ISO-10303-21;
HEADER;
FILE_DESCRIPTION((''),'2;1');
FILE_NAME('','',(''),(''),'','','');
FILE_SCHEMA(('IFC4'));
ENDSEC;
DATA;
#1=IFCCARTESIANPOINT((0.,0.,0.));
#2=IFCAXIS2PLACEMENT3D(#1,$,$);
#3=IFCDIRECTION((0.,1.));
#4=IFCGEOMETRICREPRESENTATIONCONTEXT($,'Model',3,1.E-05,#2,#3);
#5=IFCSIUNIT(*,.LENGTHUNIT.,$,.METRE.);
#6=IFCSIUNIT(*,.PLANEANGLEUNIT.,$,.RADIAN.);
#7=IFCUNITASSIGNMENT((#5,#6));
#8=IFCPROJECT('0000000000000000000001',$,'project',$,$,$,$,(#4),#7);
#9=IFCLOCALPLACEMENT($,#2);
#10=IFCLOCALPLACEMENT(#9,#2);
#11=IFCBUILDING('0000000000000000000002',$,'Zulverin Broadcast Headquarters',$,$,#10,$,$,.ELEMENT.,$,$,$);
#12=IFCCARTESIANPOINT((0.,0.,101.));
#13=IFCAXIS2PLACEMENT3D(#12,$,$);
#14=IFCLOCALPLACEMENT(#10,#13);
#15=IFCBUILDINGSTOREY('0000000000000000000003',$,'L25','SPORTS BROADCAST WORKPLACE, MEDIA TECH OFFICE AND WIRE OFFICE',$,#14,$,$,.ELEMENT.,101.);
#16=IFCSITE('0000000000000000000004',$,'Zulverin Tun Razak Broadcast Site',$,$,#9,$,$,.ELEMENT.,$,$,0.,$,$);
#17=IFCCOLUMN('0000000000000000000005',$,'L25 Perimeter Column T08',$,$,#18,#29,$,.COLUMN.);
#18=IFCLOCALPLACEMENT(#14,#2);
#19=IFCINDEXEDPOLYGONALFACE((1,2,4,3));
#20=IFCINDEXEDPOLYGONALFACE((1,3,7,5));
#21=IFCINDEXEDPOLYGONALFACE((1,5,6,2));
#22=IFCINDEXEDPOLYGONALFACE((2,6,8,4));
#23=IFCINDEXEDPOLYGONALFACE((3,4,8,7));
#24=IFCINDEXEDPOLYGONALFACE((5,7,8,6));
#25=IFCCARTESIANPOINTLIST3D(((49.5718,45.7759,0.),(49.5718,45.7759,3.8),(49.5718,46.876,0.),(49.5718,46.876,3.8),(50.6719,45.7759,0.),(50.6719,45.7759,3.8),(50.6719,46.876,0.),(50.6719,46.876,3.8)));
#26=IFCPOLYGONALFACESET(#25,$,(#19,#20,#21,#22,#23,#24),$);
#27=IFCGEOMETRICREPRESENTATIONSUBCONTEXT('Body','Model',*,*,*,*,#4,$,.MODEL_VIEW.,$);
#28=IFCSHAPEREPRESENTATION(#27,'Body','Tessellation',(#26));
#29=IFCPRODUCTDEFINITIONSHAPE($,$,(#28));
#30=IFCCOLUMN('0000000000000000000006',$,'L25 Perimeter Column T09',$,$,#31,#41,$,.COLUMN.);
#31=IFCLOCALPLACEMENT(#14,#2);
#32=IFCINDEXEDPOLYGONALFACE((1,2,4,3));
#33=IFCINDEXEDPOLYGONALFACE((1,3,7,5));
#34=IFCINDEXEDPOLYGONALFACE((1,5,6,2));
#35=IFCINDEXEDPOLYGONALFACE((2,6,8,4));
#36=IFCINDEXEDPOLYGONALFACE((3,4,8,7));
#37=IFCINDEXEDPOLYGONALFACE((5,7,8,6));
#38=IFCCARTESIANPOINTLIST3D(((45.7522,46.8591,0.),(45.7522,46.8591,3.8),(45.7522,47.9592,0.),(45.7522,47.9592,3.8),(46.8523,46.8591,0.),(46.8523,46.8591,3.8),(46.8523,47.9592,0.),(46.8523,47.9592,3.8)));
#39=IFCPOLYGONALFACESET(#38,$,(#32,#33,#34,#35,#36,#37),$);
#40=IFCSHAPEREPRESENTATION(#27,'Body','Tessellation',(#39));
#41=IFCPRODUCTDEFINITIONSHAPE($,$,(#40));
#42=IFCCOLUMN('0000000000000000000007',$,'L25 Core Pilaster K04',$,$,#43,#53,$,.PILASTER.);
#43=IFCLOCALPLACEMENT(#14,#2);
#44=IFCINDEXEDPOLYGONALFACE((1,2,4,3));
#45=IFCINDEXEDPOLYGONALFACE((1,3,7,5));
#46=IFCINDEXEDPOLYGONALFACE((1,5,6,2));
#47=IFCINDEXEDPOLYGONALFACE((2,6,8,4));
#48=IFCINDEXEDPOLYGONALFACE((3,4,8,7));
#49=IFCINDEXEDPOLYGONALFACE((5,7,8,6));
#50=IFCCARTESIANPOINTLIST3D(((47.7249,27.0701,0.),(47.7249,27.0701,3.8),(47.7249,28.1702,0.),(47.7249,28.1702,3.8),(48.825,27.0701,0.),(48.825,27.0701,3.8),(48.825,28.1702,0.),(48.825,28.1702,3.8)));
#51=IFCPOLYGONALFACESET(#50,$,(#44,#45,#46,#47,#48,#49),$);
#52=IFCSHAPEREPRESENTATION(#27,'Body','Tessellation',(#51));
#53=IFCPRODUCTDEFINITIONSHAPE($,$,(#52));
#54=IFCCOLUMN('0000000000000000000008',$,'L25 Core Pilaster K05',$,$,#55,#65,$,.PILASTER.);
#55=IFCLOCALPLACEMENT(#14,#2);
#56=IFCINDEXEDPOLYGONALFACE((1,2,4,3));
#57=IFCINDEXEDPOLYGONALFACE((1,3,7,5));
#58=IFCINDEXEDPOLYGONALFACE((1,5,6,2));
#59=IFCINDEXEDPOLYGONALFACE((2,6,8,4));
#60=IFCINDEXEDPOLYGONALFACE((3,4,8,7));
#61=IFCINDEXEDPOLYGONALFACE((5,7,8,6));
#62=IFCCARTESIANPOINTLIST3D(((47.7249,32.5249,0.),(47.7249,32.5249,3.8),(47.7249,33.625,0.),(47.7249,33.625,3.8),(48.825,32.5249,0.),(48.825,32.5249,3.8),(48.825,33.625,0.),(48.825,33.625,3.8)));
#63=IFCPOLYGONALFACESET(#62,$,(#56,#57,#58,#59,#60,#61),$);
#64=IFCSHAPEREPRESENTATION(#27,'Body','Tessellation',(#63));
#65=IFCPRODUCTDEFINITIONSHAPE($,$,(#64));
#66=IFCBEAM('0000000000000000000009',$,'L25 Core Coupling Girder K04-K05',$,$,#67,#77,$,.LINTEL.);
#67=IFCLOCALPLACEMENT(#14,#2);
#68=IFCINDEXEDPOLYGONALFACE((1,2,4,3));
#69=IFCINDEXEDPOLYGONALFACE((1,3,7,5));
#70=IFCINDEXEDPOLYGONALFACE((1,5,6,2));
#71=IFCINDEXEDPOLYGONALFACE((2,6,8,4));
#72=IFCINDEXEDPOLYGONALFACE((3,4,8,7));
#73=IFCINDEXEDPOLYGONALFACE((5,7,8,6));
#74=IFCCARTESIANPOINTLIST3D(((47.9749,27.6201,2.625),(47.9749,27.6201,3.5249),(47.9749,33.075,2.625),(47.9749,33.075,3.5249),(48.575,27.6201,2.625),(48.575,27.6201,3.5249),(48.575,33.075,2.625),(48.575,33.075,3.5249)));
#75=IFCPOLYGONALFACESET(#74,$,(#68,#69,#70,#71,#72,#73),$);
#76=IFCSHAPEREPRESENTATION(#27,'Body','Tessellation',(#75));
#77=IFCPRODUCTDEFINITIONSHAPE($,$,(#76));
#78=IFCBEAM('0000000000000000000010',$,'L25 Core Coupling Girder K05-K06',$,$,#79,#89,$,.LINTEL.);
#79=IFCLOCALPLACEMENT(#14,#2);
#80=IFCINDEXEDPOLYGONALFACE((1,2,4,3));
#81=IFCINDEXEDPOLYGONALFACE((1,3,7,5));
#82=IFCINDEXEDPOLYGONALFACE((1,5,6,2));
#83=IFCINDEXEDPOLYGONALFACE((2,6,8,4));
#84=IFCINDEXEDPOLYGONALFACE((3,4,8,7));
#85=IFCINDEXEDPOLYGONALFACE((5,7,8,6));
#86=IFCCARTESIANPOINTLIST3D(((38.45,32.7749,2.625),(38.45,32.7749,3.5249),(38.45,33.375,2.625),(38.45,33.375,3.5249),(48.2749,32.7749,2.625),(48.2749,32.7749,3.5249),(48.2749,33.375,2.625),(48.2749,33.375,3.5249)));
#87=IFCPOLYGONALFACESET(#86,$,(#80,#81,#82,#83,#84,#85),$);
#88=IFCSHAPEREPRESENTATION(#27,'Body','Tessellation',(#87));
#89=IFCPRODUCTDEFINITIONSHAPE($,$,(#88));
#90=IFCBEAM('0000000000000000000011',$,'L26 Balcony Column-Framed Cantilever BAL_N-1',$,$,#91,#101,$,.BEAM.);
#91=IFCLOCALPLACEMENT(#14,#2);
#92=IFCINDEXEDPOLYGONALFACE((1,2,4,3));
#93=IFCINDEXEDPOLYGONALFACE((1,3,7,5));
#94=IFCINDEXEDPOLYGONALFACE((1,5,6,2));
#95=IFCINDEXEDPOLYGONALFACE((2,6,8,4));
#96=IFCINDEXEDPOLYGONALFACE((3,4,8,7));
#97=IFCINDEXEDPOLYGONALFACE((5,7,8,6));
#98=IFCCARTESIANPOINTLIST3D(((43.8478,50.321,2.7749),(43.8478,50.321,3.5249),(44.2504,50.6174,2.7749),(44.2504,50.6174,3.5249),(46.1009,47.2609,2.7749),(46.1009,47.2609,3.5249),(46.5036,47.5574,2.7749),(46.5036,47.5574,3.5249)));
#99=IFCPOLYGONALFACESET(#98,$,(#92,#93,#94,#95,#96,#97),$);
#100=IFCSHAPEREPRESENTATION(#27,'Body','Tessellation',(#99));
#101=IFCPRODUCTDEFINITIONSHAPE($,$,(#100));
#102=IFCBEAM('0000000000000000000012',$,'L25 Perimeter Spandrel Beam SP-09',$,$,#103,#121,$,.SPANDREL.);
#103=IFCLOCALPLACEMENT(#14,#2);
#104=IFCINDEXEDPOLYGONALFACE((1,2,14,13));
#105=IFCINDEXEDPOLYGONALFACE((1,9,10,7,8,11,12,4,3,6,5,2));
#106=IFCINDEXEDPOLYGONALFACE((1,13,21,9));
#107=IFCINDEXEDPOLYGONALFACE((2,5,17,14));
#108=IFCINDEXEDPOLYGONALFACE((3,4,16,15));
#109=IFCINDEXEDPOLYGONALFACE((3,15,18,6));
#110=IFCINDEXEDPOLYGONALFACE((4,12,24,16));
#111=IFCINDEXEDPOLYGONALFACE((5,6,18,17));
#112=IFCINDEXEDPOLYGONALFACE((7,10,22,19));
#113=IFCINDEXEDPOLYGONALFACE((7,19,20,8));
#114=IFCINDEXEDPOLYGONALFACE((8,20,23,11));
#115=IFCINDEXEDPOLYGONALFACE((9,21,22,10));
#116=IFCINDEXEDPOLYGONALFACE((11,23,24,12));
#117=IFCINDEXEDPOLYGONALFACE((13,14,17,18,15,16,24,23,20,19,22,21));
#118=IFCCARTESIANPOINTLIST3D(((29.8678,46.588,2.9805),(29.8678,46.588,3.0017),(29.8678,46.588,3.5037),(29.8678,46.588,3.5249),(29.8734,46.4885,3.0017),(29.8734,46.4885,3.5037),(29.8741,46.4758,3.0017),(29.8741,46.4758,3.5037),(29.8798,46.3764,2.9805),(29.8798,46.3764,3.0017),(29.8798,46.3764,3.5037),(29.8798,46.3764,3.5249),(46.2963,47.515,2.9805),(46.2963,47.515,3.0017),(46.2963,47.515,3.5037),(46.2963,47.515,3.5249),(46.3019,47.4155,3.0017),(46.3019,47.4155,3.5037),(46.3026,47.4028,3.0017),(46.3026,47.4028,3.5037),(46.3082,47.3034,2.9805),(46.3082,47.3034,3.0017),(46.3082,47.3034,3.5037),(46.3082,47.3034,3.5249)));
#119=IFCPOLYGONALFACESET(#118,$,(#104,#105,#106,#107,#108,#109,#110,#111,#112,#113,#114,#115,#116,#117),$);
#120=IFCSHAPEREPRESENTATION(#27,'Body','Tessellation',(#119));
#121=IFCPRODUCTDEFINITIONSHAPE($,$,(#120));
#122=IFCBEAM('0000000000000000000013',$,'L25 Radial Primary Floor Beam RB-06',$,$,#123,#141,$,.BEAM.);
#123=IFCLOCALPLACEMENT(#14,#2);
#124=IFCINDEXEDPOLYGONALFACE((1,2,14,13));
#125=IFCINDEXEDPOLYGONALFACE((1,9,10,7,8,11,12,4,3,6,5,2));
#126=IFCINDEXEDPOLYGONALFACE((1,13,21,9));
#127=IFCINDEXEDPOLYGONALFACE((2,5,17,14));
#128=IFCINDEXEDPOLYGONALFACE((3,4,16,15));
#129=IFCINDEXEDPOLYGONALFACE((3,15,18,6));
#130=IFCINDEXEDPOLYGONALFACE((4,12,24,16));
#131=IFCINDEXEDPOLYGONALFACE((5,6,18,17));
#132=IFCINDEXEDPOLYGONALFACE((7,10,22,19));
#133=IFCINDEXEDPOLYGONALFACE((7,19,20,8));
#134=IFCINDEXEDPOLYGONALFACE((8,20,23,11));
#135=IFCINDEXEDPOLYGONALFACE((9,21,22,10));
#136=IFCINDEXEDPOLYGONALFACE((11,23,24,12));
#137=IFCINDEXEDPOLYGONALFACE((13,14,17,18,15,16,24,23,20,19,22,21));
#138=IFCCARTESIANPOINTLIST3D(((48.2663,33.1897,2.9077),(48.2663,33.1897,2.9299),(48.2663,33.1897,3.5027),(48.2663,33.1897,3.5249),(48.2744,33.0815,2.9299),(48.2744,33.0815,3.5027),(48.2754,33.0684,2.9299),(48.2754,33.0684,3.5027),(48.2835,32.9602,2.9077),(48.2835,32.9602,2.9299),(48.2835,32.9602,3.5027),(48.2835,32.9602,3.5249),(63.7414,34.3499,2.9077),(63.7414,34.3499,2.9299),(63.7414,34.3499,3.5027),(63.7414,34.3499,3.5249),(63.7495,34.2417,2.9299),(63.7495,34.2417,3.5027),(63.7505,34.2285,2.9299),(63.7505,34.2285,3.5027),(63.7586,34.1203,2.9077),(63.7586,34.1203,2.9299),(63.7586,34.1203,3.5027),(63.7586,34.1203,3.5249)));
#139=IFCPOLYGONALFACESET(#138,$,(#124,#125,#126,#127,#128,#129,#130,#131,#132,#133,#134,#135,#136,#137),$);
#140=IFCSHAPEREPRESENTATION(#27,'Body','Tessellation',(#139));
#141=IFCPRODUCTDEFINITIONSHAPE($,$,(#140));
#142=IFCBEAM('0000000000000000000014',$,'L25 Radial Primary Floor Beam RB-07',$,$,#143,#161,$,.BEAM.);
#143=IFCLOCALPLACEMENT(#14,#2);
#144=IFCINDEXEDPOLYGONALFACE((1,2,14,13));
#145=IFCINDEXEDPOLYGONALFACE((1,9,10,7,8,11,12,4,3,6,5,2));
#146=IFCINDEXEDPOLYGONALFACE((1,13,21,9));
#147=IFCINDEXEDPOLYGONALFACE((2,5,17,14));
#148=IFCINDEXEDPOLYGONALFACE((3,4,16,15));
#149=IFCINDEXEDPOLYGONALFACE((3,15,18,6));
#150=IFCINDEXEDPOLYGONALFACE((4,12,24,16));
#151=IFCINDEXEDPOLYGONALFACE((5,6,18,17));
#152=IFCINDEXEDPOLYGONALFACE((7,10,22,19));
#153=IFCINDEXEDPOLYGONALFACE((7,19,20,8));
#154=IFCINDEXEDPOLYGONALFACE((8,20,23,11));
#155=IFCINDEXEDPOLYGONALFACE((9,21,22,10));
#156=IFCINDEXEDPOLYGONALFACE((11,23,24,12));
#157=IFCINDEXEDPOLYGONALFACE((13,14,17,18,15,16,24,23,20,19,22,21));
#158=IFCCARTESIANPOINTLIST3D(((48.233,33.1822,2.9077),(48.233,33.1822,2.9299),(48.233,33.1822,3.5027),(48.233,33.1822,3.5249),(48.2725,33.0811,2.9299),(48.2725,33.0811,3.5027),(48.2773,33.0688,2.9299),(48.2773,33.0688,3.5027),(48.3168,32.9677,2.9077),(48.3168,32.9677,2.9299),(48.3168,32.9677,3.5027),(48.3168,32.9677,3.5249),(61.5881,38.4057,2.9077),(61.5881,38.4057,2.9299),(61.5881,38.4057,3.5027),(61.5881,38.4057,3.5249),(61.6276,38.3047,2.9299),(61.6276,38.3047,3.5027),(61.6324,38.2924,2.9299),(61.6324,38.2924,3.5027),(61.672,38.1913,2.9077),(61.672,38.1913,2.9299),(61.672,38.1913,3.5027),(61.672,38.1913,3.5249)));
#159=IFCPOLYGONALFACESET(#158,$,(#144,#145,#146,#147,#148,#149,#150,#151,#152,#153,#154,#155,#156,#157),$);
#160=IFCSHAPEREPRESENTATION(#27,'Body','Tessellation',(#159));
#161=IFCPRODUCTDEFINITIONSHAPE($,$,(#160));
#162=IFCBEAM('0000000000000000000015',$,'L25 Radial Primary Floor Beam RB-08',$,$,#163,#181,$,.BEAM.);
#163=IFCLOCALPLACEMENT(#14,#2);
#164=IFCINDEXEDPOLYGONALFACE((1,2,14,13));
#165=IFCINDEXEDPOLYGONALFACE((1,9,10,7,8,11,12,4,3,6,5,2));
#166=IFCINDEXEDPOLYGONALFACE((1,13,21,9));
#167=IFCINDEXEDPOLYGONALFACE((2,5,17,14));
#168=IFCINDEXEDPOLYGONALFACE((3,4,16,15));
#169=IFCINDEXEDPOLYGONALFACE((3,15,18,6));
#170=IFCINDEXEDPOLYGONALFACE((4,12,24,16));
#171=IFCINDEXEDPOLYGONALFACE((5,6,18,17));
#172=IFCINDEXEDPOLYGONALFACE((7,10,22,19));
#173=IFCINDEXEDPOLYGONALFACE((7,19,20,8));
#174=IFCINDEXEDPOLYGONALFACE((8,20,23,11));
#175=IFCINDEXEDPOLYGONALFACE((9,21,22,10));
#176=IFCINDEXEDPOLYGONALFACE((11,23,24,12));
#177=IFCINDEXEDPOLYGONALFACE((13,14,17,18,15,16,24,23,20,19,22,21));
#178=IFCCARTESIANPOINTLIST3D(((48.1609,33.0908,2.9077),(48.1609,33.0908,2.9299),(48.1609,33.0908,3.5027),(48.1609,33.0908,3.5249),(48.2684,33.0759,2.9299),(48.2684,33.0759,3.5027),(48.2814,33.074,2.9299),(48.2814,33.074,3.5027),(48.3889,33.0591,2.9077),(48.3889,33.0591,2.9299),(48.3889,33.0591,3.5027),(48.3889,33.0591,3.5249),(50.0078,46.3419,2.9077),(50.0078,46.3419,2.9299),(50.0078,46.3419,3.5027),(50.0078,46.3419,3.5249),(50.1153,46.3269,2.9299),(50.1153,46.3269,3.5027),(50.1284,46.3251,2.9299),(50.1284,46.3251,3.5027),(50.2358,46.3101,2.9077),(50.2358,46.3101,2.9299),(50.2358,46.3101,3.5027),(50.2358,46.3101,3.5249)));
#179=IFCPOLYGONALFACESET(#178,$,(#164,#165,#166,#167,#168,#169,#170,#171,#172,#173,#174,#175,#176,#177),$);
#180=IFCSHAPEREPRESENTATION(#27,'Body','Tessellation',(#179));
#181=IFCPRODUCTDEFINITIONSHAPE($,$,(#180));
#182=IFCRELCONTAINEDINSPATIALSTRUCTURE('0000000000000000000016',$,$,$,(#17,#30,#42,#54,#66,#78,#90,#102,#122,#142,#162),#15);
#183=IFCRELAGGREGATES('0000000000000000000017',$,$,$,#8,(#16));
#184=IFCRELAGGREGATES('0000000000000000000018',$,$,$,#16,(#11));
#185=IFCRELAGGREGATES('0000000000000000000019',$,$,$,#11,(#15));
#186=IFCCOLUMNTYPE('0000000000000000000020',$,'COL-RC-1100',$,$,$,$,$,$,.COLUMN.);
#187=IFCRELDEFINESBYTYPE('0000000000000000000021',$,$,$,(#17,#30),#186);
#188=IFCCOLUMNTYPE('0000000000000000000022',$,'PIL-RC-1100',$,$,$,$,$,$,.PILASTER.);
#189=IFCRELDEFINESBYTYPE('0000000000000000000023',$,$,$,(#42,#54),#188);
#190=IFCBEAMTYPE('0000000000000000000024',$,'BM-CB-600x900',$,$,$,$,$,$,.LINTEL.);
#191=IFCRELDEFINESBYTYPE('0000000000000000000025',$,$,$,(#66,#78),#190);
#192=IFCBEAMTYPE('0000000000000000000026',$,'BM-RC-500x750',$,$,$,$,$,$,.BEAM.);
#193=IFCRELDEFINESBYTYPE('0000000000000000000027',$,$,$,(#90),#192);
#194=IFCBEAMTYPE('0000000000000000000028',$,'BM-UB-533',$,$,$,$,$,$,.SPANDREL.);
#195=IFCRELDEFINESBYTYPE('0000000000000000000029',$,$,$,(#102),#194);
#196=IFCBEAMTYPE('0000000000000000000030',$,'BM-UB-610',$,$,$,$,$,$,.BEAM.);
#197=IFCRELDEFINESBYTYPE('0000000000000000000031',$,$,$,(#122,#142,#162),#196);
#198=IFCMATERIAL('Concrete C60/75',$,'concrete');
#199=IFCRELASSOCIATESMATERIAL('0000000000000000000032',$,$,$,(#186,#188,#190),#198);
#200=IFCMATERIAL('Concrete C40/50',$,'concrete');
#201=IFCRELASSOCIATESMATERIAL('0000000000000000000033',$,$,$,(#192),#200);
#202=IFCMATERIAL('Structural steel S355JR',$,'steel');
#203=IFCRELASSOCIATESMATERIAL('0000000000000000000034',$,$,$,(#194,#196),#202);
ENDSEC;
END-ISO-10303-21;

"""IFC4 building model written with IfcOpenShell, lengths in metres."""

from ifc_helpers import new_model, si_unit, direction, frame, origin, origin_2d, place, context, subcontext, project, spatial, rectangle, i_section, extrude, material, material_profile, profile_set, type_object, element, save


model = new_model("IFC4")

# Units and contexts
model_context = context("Model", 3, precision=1e-05, world=origin(), true_north=direction((0.0, 1.0)))
body_context = subcontext(model_context, "Body", "Model", "MODEL_VIEW")
ifc_project = project(units=[si_unit("LENGTHUNIT", "METRE"), si_unit("PLANEANGLEUNIT", "RADIAN")], contexts=[model_context])

# Site, building, storey
site_placement = place(None, origin())
site = spatial("IfcSite", under=ifc_project, at=site_placement, Name="Zulverin Tun Razak Broadcast Site", CompositionType="ELEMENT", RefElevation=0.0)
building_placement = place(site_placement, origin())
building = spatial("IfcBuilding", under=site, at=building_placement, Name="Zulverin Broadcast Headquarters", CompositionType="ELEMENT")
storey_placement = place(building_placement, frame((0.0, 0.0, 101.0)))
storey = spatial("IfcBuildingStorey", under=building, at=storey_placement, Name="L25", Description="SPORTS BROADCAST WORKPLACE, MEDIA TECH OFFICE AND WIRE OFFICE", CompositionType="ELEMENT", Elevation=101.0)

# Columns
ifc_material_1 = material(Name="Concrete C60/75", Category="concrete")
ifc_material_profile_1 = material_profile(ifc_material_1, rectangle(XDim=1.1001, YDim=1.1001, at=origin_2d()), Name="Concrete C60/75", Category="concrete")
ifc_profile_set_1 = profile_set([ifc_material_profile_1], Name="Concrete C60/75")
column_type_1 = type_object("IfcColumnType", Name="COL-RC-1100", PredefinedType="COLUMN", material=ifc_profile_set_1)
for number, where, z_axis, x_axis, name in (
    (1, (50.1218, 46.3259, 0.0), (0.0, 0.0, 1.0), (1.0, 0.0, 0.0), "L25 Perimeter Column T08"),
    (2, (46.3022, 47.4092, 0.0), (0.0, 0.0, 1.0), (1.0, 0.0, 0.0), "L25 Perimeter Column T09"),
):
    element("IfcColumn", number, at=place(storey_placement, frame(where, z_axis=z_axis, x_axis=x_axis)), inside=storey, type_object=column_type_1, Name=name, PredefinedType="COLUMN", context=body_context, shape_type="SweptSolid", body=[
        extrude(rectangle(XDim=1.1001, YDim=1.1001, at=origin_2d()), origin(), (0.0, 0.0, 1.0), 3.8),
    ])
ifc_material_profile_2 = material_profile(ifc_material_1, rectangle(XDim=1.1001, YDim=1.1001, at=origin_2d()), Name="Concrete C60/75", Category="concrete")
ifc_profile_set_2 = profile_set([ifc_material_profile_2], Name="Concrete C60/75")
column_type_2 = type_object("IfcColumnType", Name="PIL-RC-1100", PredefinedType="PILASTER", material=ifc_profile_set_2)
for number, where, z_axis, x_axis, name in (
    (3, (48.2749, 27.6201, 0.0), (0.0, 0.0, 1.0), (1.0, 0.0, 0.0), "L25 Core Pilaster K04"),
    (4, (48.2749, 33.075, 0.0), (0.0, 0.0, 1.0), (1.0, 0.0, 0.0), "L25 Core Pilaster K05"),
):
    element("IfcColumn", number, at=place(storey_placement, frame(where, z_axis=z_axis, x_axis=x_axis)), inside=storey, type_object=column_type_2, Name=name, PredefinedType="PILASTER", context=body_context, shape_type="SweptSolid", body=[
        extrude(rectangle(XDim=1.1001, YDim=1.1001, at=origin_2d()), origin(), (0.0, 0.0, 1.0), 3.8),
    ])

# Beams
ifc_material_profile_3 = material_profile(ifc_material_1, rectangle(XDim=0.6001, YDim=0.8999, at=origin_2d()), Name="Concrete C60/75", Category="concrete")
ifc_profile_set_3 = profile_set([ifc_material_profile_3], Name="Concrete C60/75")
beam_type_1 = type_object("IfcBeamType", Name="BM-CB-600x900", PredefinedType="LINTEL", material=ifc_profile_set_3)
beam_1_placement = place(storey_placement, frame((48.2749, 27.6201, 3.075), z_axis=(0.0, 1.0, 0.0), x_axis=(-1.0, 0.0, 0.0)))
element("IfcBeam", 5, at=beam_1_placement, inside=storey, type_object=beam_type_1, Name="L25 Core Coupling Girder K04-K05", PredefinedType="LINTEL", context=body_context, shape_type="SweptSolid", body=[
    extrude(rectangle(XDim=0.6001, YDim=0.8999, at=origin_2d()), origin(), (0.0, 0.0, 1.0), 5.4548),
])
beam_2_placement = place(storey_placement, frame((48.2749, 33.075, 3.075), z_axis=(-1.0, 0.0, 0.0), x_axis=(0.0, -1.0, 0.0)))
element("IfcBeam", 6, at=beam_2_placement, inside=storey, type_object=beam_type_1, Name="L25 Core Coupling Girder K05-K06", PredefinedType="LINTEL", context=body_context, shape_type="SweptSolid", body=[
    extrude(rectangle(XDim=0.6001, YDim=0.8999, at=origin_2d()), origin(), (0.0, 0.0, 1.0), 9.825),
])
ifc_material_2 = material(Name="Concrete C40/50", Category="concrete")
ifc_material_profile_4 = material_profile(ifc_material_2, rectangle(XDim=0.5, YDim=0.75, at=origin_2d()), Name="Concrete C40/50", Category="concrete")
ifc_profile_set_4 = profile_set([ifc_material_profile_4], Name="Concrete C40/50")
beam_type_2 = type_object("IfcBeamType", Name="BM-RC-500x750", PredefinedType="BEAM", material=ifc_profile_set_4)
beam_3_placement = place(storey_placement, frame((46.3022, 47.4092, 3.1499), z_axis=(-0.592925, 0.805258, 0.0), x_axis=(-0.805258, -0.592925, 0.0)))
element("IfcBeam", 7, at=beam_3_placement, inside=storey, type_object=beam_type_2, Name="L26 Balcony Column-Framed Cantilever BAL_N-1", PredefinedType="BEAM", context=body_context, shape_type="SweptSolid", body=[
    extrude(rectangle(XDim=0.5, YDim=0.75, at=origin_2d()), origin(), (0.0, 0.0, 1.0), 3.8),
])
ifc_material_3 = material(Name="Structural steel S355JR", Category="steel")
ifc_material_profile_5 = material_profile(ifc_material_3, i_section(OverallWidth=0.2119, OverallDepth=0.5444, WebThickness=0.0127, FlangeThickness=0.0212, at=origin_2d()), Name="Structural steel S355JR", Category="steel")
ifc_profile_set_5 = profile_set([ifc_material_profile_5], Name="Structural steel S355JR")
beam_type_3 = type_object("IfcBeamType", Name="BM-UB-533", PredefinedType="SPANDREL", material=ifc_profile_set_5)
beam_4_placement = place(storey_placement, frame((46.3022, 47.4092, 3.2527), z_axis=(-0.998412, -0.056337, 0.0), x_axis=(0.056337, -0.998412, 0.0)))
element("IfcBeam", 8, at=beam_4_placement, inside=storey, type_object=beam_type_3, Name="L25 Perimeter Spandrel Beam SP-09", PredefinedType="SPANDREL", context=body_context, shape_type="SweptSolid", body=[
    extrude(i_section(OverallWidth=0.2119, OverallDepth=0.5444, WebThickness=0.0127, FlangeThickness=0.0212, at=origin_2d()), origin(), (0.0, 0.0, 1.0), 16.4546),
])
ifc_material_profile_6 = material_profile(ifc_material_3, i_section(OverallWidth=0.2302, OverallDepth=0.6172, WebThickness=0.0132, FlangeThickness=0.0222, at=origin_2d()), Name="Structural steel S355JR", Category="steel")
ifc_profile_set_6 = profile_set([ifc_material_profile_6], Name="Structural steel S355JR")
beam_type_4 = type_object("IfcBeamType", Name="BM-UB-610", PredefinedType="BEAM", material=ifc_profile_set_6)
beam_5_placement = place(storey_placement, frame((48.2749, 33.075, 3.2163), z_axis=(0.997202, 0.074759, 0.0), x_axis=(-0.074759, 0.997202, 0.0)))
element("IfcBeam", 9, at=beam_5_placement, inside=storey, type_object=beam_type_4, Name="L25 Radial Primary Floor Beam RB-06", PredefinedType="BEAM", context=body_context, shape_type="SweptSolid", body=[
    extrude(i_section(OverallWidth=0.2302, OverallDepth=0.6172, WebThickness=0.0132, FlangeThickness=0.0222, at=origin_2d()), origin(), (0.0, 0.0, 1.0), 15.5186),
])
beam_6_placement = place(storey_placement, frame((48.2749, 33.075, 3.2163), z_axis=(0.931298, 0.364259, 0.0), x_axis=(-0.364259, 0.931298, 0.0)))
element("IfcBeam", 10, at=beam_6_placement, inside=storey, type_object=beam_type_4, Name="L25 Radial Primary Floor Beam RB-07", PredefinedType="BEAM", context=body_context, shape_type="SweptSolid", body=[
    extrude(i_section(OverallWidth=0.2302, OverallDepth=0.6172, WebThickness=0.0132, FlangeThickness=0.0222, at=origin_2d()), origin(), (0.0, 0.0, 1.0), 14.3403),
])
beam_7_placement = place(storey_placement, frame((48.2749, 33.075, 3.2163), z_axis=(0.138046, 0.990426, 0.0), x_axis=(-0.990426, 0.138046, 0.0)))
element("IfcBeam", 11, at=beam_7_placement, inside=storey, type_object=beam_type_4, Name="L25 Radial Primary Floor Beam RB-08", PredefinedType="BEAM", context=body_context, shape_type="SweptSolid", body=[
    extrude(i_section(OverallWidth=0.2302, OverallDepth=0.6172, WebThickness=0.0132, FlangeThickness=0.0222, at=origin_2d()), origin(), (0.0, 0.0, 1.0), 13.3792),
])

save(model, "model.ifc")
